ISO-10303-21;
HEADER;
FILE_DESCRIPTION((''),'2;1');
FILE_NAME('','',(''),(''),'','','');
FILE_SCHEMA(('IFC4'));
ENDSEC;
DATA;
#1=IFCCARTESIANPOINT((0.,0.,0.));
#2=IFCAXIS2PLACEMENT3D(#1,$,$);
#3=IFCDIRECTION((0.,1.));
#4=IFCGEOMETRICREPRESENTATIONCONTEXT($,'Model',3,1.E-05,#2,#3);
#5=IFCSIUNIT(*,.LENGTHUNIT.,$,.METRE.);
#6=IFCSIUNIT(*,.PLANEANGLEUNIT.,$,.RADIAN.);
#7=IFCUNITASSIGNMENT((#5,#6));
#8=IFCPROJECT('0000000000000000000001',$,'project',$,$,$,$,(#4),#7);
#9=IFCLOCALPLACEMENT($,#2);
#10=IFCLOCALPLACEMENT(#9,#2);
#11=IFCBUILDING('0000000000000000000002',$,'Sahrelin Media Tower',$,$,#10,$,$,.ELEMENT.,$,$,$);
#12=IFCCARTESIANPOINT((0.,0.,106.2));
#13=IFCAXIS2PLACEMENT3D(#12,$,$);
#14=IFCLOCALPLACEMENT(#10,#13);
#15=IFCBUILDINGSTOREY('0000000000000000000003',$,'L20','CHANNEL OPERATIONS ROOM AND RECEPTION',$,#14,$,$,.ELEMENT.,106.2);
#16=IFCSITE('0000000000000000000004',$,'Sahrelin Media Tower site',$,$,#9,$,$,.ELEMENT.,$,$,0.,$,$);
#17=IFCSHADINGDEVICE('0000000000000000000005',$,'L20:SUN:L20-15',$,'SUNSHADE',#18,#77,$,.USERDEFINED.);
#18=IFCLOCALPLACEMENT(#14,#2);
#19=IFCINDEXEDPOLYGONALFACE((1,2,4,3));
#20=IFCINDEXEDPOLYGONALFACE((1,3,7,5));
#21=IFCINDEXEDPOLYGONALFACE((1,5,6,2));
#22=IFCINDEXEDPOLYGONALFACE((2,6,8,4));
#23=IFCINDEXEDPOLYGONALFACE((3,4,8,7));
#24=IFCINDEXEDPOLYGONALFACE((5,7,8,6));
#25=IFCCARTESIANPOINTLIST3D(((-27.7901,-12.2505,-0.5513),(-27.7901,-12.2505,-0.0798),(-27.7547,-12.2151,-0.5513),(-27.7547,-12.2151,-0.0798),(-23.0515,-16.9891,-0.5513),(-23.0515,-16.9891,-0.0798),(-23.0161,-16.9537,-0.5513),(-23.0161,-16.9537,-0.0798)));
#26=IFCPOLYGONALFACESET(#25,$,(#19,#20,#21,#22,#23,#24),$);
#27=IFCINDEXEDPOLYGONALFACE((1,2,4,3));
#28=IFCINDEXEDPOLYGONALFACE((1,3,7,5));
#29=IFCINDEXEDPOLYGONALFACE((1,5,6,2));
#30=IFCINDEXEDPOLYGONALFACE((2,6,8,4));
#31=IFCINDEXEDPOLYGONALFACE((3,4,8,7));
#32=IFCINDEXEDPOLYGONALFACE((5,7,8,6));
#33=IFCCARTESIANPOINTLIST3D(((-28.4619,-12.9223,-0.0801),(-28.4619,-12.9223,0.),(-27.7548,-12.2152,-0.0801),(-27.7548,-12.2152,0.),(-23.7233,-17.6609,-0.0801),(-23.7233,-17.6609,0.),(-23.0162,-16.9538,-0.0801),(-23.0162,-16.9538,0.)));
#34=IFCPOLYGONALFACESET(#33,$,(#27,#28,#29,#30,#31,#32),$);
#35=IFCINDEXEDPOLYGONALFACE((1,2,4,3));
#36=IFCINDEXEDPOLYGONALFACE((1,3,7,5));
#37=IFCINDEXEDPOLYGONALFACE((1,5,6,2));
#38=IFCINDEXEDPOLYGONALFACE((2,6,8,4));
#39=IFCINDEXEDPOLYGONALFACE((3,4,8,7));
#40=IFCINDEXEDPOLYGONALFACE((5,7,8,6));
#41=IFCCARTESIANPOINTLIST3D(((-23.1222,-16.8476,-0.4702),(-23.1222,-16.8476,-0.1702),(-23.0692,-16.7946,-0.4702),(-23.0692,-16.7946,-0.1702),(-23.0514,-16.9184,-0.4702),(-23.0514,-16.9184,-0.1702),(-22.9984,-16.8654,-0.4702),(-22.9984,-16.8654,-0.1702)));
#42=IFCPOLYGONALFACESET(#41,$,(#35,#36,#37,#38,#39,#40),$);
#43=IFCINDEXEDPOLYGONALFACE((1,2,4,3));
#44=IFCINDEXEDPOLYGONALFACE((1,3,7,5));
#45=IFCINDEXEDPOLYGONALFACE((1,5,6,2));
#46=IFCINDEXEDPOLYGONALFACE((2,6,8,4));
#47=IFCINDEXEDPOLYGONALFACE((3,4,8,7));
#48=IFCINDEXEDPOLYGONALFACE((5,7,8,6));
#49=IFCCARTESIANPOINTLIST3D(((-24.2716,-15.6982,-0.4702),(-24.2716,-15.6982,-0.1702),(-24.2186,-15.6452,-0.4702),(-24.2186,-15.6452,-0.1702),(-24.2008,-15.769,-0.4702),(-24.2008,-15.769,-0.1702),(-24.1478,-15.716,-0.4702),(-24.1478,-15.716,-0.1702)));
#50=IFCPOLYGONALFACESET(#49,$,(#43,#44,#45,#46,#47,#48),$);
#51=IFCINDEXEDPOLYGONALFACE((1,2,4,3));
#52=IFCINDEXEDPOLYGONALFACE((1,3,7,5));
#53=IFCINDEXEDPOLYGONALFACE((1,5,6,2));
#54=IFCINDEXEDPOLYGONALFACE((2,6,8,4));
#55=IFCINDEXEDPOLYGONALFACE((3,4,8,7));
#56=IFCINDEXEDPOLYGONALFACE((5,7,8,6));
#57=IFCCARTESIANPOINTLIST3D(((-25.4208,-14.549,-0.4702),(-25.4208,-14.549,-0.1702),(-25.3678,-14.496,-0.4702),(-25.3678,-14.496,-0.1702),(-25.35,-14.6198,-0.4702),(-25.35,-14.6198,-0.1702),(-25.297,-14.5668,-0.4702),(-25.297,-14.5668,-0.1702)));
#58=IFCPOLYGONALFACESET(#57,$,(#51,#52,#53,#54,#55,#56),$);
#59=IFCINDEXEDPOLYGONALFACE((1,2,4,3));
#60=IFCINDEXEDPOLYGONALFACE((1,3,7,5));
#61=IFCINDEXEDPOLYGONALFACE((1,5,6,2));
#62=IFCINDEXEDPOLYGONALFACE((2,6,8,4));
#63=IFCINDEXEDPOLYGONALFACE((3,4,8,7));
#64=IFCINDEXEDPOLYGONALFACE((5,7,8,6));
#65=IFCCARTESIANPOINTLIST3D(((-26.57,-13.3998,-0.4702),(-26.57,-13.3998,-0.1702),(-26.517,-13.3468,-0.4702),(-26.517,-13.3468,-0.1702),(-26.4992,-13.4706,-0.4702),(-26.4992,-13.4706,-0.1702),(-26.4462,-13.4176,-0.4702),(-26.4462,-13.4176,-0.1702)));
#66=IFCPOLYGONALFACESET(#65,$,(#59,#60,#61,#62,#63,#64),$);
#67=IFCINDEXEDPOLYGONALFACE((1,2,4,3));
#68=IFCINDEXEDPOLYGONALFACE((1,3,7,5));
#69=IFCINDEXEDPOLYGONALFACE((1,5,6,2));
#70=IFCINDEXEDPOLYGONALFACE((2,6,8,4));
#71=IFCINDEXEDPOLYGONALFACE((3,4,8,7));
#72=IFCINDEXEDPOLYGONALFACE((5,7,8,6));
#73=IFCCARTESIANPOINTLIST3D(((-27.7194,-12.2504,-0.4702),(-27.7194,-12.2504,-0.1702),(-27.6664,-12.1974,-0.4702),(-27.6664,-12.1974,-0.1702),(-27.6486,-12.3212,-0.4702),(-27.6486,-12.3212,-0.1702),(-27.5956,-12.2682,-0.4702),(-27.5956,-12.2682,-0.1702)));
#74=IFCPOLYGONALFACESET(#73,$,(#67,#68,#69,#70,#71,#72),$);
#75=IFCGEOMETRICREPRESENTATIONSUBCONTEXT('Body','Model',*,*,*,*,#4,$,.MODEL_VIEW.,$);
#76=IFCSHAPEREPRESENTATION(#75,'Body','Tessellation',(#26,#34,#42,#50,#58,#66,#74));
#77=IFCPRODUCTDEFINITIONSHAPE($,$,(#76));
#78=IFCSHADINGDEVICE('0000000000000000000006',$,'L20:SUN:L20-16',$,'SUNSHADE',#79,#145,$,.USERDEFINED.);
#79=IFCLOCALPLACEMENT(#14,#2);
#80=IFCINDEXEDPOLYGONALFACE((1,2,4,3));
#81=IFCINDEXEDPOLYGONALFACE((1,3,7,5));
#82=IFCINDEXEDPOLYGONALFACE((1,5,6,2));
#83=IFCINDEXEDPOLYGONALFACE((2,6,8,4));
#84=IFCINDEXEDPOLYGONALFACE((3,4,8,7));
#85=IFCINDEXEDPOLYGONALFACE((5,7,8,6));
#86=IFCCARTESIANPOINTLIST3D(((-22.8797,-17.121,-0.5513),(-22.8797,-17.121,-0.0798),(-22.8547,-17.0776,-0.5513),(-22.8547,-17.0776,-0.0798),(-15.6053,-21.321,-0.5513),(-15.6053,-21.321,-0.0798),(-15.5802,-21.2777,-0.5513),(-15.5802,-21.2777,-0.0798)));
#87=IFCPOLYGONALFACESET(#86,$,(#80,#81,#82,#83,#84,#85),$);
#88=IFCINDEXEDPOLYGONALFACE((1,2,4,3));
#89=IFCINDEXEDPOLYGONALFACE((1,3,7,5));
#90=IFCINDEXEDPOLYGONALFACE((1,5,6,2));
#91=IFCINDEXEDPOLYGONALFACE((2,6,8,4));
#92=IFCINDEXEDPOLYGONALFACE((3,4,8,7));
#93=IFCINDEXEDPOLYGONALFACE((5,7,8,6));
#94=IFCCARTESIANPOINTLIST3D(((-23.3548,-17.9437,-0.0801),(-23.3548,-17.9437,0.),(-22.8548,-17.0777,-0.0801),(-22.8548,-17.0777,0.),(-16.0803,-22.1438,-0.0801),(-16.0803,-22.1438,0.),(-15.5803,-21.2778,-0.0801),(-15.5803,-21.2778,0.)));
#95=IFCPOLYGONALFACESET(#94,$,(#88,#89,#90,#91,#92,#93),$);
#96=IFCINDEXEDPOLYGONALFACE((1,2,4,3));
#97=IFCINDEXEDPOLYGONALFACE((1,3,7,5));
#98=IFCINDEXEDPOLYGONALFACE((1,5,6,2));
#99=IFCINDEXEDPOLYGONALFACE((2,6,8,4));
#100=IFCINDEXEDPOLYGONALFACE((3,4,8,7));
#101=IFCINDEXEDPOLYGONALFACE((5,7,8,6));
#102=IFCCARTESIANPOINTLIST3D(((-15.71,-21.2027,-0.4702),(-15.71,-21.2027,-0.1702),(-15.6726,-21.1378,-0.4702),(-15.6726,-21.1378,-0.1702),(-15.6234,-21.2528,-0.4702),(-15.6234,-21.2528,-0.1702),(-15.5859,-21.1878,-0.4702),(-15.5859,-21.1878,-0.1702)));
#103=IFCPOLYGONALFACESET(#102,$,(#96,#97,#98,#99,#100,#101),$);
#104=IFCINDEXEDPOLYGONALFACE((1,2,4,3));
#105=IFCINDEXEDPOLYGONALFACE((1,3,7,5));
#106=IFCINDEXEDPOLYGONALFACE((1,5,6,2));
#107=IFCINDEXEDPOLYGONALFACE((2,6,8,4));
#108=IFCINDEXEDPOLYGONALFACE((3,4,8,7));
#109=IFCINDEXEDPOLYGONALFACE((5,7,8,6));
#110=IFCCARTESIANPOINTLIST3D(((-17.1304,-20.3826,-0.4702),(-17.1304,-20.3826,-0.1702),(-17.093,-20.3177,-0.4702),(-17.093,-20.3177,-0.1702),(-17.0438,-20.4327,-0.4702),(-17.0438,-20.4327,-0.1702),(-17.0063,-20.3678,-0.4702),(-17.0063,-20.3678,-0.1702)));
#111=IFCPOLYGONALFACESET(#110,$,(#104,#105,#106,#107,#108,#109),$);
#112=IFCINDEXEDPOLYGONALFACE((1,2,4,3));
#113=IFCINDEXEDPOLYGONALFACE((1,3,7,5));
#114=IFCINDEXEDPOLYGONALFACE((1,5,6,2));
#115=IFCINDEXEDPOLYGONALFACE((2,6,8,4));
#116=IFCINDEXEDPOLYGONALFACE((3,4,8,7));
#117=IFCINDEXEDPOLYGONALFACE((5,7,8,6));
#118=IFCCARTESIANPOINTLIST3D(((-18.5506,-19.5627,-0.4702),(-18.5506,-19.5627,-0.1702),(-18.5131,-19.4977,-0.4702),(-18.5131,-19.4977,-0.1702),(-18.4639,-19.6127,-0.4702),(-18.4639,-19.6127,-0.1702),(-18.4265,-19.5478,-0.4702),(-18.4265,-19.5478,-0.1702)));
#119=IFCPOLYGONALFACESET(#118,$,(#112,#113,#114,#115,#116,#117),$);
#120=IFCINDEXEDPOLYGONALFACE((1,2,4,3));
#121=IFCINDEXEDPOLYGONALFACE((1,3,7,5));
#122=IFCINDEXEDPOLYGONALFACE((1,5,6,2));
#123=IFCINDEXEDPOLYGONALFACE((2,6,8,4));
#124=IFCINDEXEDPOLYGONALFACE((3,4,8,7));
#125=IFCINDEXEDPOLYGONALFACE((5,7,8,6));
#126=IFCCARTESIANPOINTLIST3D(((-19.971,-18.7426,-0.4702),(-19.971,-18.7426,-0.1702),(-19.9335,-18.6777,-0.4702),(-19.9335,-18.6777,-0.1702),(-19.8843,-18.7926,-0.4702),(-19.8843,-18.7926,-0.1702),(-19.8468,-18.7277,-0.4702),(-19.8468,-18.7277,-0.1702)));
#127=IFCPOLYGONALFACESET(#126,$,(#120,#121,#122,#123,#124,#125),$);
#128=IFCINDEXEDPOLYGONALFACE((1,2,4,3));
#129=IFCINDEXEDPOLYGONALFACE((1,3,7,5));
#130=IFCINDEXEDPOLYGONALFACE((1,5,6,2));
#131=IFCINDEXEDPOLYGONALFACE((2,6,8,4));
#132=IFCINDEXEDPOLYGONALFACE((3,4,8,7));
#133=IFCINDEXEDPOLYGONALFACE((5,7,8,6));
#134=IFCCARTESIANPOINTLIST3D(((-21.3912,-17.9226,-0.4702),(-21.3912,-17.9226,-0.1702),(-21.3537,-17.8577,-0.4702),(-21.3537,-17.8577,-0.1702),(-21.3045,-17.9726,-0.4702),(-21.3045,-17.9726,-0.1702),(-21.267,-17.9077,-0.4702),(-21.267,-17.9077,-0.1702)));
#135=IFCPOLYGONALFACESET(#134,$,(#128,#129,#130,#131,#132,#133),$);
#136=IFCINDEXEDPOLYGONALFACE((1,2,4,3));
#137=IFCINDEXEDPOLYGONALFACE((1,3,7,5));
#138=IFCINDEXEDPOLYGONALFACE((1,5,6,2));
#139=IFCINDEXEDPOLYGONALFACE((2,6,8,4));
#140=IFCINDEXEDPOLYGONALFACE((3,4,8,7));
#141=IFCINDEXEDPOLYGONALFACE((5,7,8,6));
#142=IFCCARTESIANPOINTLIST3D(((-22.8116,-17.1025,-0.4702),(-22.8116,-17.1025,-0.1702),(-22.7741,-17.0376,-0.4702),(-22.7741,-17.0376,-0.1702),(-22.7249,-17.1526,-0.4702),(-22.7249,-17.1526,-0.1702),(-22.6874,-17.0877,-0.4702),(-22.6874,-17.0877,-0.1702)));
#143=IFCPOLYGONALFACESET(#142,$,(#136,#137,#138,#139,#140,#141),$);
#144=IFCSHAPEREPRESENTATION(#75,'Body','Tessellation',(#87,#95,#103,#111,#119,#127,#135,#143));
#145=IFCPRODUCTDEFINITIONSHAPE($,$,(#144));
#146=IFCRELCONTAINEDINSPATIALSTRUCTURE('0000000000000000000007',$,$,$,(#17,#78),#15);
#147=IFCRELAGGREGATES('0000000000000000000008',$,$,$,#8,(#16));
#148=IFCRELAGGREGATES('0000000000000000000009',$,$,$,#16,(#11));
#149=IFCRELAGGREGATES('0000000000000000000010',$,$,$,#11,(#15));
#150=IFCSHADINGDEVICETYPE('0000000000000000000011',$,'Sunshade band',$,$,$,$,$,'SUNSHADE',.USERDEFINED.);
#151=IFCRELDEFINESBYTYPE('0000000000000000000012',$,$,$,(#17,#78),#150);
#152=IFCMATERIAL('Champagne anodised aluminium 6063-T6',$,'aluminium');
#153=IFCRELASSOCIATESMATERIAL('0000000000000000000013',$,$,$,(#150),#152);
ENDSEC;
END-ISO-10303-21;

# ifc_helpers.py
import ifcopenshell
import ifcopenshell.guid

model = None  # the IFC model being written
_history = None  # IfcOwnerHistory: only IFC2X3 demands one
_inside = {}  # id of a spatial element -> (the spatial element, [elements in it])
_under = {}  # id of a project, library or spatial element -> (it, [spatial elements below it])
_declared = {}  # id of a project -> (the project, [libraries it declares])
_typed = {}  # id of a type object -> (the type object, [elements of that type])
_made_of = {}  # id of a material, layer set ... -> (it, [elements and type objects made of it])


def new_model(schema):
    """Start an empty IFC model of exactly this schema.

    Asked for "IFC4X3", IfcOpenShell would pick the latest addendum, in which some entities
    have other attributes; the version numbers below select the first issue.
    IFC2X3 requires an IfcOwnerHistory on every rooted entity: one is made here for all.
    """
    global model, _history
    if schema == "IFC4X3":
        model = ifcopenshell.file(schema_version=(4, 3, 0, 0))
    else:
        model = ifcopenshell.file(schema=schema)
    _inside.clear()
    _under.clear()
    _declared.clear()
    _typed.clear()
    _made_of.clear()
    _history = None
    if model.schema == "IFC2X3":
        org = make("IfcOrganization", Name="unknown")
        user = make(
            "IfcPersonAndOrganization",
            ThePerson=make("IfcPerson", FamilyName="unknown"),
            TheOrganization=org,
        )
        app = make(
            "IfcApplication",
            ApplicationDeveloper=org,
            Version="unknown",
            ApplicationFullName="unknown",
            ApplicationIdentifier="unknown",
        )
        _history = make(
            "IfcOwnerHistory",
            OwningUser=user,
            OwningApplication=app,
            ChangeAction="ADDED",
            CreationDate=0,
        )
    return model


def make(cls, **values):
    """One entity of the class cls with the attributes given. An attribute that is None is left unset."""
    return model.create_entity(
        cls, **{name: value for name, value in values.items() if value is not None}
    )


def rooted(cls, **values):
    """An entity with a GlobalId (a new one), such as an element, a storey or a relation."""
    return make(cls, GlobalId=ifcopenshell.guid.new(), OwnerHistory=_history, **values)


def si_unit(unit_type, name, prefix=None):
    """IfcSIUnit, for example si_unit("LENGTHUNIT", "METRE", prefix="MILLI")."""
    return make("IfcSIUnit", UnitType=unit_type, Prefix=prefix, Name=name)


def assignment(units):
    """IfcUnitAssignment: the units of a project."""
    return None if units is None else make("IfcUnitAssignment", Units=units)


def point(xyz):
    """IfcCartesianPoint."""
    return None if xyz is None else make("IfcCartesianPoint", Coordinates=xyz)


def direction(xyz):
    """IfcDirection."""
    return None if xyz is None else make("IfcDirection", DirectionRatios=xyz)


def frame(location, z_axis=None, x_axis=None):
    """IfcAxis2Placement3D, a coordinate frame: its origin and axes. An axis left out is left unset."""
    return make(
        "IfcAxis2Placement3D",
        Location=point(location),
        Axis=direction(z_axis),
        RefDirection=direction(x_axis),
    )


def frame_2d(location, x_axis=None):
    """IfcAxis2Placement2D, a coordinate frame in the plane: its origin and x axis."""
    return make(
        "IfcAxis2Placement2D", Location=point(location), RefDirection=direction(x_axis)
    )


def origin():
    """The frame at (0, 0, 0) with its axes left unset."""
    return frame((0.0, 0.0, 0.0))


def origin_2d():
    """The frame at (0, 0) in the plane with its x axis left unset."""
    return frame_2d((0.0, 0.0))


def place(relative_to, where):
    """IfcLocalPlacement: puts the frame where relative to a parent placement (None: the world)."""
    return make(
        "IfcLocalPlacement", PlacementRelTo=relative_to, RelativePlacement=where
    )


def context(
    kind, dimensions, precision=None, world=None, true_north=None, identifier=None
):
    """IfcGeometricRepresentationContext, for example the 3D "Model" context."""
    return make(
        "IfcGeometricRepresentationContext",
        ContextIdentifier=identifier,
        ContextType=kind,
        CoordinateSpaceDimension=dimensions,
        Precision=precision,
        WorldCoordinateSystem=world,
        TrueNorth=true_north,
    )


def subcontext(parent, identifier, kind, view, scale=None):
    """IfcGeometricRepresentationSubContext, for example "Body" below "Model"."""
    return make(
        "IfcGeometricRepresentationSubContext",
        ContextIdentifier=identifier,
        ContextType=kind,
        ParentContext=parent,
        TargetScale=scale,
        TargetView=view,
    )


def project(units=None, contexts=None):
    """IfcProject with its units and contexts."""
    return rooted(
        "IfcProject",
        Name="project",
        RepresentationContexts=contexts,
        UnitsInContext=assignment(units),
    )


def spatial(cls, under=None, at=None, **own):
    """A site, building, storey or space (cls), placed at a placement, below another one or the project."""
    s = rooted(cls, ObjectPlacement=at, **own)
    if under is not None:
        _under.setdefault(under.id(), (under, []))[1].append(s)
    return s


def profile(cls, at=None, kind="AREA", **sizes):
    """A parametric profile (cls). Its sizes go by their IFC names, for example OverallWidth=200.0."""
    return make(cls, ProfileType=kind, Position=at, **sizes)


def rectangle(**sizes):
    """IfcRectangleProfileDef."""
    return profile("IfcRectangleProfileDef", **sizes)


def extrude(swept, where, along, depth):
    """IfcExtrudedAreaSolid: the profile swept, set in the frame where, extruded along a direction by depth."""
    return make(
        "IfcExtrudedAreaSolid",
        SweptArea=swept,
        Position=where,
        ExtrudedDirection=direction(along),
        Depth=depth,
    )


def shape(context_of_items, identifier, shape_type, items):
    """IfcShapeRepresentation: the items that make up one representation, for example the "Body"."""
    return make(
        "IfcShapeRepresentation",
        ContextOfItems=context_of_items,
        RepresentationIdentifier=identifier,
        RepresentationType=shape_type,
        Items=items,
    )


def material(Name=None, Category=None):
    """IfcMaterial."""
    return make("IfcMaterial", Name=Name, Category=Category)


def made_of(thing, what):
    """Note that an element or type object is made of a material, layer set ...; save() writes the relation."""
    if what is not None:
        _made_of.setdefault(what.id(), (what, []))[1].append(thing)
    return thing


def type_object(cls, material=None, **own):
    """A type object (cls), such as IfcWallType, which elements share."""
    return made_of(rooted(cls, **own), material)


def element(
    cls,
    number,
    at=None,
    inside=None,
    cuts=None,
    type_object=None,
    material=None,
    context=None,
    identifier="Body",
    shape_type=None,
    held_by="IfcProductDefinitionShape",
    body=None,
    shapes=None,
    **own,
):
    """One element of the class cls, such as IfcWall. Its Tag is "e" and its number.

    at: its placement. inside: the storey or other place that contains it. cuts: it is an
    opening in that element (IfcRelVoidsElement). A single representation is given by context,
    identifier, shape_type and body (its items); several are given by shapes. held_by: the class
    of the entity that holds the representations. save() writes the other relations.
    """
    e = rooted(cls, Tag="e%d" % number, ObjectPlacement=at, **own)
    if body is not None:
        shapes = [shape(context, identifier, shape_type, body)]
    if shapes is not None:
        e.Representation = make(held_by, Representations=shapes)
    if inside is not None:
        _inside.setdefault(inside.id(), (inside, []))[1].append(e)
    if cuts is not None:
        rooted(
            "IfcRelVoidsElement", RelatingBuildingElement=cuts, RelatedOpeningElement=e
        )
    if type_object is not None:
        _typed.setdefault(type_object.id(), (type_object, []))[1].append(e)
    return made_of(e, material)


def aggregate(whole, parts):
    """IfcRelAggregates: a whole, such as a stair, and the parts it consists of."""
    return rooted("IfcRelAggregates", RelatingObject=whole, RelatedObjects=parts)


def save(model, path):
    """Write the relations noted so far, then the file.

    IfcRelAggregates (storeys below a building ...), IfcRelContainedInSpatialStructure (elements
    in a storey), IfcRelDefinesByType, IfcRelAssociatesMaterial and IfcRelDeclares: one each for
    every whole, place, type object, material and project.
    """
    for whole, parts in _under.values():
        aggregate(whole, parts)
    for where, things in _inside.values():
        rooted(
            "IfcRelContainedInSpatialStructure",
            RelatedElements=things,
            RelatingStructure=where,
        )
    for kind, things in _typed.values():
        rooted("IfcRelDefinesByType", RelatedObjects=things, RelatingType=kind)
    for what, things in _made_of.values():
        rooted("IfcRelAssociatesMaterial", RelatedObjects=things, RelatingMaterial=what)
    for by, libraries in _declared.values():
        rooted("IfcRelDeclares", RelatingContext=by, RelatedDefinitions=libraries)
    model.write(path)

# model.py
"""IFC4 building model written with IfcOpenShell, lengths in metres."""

from ifc_helpers import new_model, si_unit, direction, frame, origin, origin_2d, place, context, subcontext, project, spatial, rectangle, extrude, material, type_object, element, save


model = new_model("IFC4")

# Units and contexts
model_context = context("Model", 3, precision=1e-05, world=origin(), true_north=direction((0.0, 1.0)))
body_context = subcontext(model_context, "Body", "Model", "MODEL_VIEW")
ifc_project = project(units=[si_unit("LENGTHUNIT", "METRE"), si_unit("PLANEANGLEUNIT", "RADIAN")], contexts=[model_context])

# Site, building, storey
site_placement = place(None, origin())
site = spatial("IfcSite", under=ifc_project, at=site_placement, Name="Sahrelin Media Tower site", CompositionType="ELEMENT", RefElevation=0.0)
building_placement = place(site_placement, origin())
building = spatial("IfcBuilding", under=site, at=building_placement, Name="Sahrelin Media Tower", CompositionType="ELEMENT")
storey_placement = place(building_placement, frame((0.0, 0.0, 106.2)))
storey = spatial("IfcBuildingStorey", under=building, at=storey_placement, Name="L20", Description="CHANNEL OPERATIONS ROOM AND RECEPTION", CompositionType="ELEMENT", Elevation=106.2)

# Shared definitions
ifc_material_1 = material(Name="Champagne anodised aluminium 6063-T6", Category="aluminium")

# Shading devices
placement_1 = place(storey_placement, frame((-25.3713, -14.5703, 0.0), z_axis=(0.0, 0.0, 1.0), x_axis=(-0.707107, 0.707107, 0.0)))
placement_2 = place(storey_placement, frame((-19.2075, -19.1604, 0.0), z_axis=(0.0, 0.0, 1.0), x_axis=(-0.866019, 0.500011, 0.0)))
shading_device_type_1 = type_object("IfcShadingDeviceType", Name="Sunshade band", ElementType="SUNSHADE", PredefinedType="USERDEFINED", material=ifc_material_1)
element("IfcShadingDevice", 1, at=placement_1, inside=storey, type_object=shading_device_type_1, Name="L20:SUN:L20-15", ObjectType="SUNSHADE", PredefinedType="USERDEFINED", context=body_context, shape_type="SweptSolid", body=[
    extrude(rectangle(XDim=6.7014, YDim=0.05, at=origin_2d()), frame((0.0, 0.0449, -0.5513)), (0.0, 0.0, 1.0), 0.4714),
    extrude(rectangle(XDim=6.7014, YDim=1.0, at=origin_2d()), frame((0.0, 0.52, -0.0801)), (0.0, 0.0, 1.0), 0.0801),
    extrude(rectangle(XDim=0.1001, YDim=0.075, at=origin_2d()), frame((-3.2507, -0.0176, -0.4702)), (0.0, 0.0, 1.0), 0.3),
    extrude(rectangle(XDim=0.1001, YDim=0.075, at=origin_2d()), frame((-1.6252, -0.0176, -0.4702)), (0.0, 0.0, 1.0), 0.3),
    extrude(rectangle(XDim=0.1001, YDim=0.075, at=origin_2d()), frame((0.0, -0.0176, -0.4702)), (0.0, 0.0, 1.0), 0.3),
    extrude(rectangle(XDim=0.1001, YDim=0.075, at=origin_2d()), frame((1.6252, -0.0176, -0.4702)), (0.0, 0.0, 1.0), 0.3),
    extrude(rectangle(XDim=0.1001, YDim=0.075, at=origin_2d()), frame((3.2507, -0.0176, -0.4702)), (0.0, 0.0, 1.0), 0.3),
])
element("IfcShadingDevice", 2, at=placement_2, inside=storey, type_object=shading_device_type_1, Name="L20:SUN:L20-16", ObjectType="SUNSHADE", PredefinedType="USERDEFINED", context=body_context, shape_type="SweptSolid", body=[
    extrude(rectangle(XDim=8.3999, YDim=0.05, at=origin_2d()), frame((0.0, 0.0449, -0.5513)), (0.0, 0.0, 1.0), 0.4714),
    extrude(rectangle(XDim=8.3999, YDim=1.0, at=origin_2d()), frame((0.0, 0.52, -0.0801)), (0.0, 0.0, 1.0), 0.0801),
    extrude(rectangle(XDim=0.1001, YDim=0.075, at=origin_2d()), frame((-4.1001, -0.0176, -0.4702)), (0.0, 0.0, 1.0), 0.3),
    extrude(rectangle(XDim=0.1001, YDim=0.075, at=origin_2d()), frame((-2.46, -0.0176, -0.4702)), (0.0, 0.0, 1.0), 0.3),
    extrude(rectangle(XDim=0.1001, YDim=0.075, at=origin_2d()), frame((-0.8201, -0.0176, -0.4702)), (0.0, 0.0, 1.0), 0.3),
    extrude(rectangle(XDim=0.1001, YDim=0.075, at=origin_2d()), frame((0.8201, -0.0176, -0.4702)), (0.0, 0.0, 1.0), 0.3),
    extrude(rectangle(XDim=0.1001, YDim=0.075, at=origin_2d()), frame((2.46, -0.0176, -0.4702)), (0.0, 0.0, 1.0), 0.3),
    extrude(rectangle(XDim=0.1001, YDim=0.075, at=origin_2d()), frame((4.1001, -0.0176, -0.4702)), (0.0, 0.0, 1.0), 0.3),
])

save(model, "model.ifc")
